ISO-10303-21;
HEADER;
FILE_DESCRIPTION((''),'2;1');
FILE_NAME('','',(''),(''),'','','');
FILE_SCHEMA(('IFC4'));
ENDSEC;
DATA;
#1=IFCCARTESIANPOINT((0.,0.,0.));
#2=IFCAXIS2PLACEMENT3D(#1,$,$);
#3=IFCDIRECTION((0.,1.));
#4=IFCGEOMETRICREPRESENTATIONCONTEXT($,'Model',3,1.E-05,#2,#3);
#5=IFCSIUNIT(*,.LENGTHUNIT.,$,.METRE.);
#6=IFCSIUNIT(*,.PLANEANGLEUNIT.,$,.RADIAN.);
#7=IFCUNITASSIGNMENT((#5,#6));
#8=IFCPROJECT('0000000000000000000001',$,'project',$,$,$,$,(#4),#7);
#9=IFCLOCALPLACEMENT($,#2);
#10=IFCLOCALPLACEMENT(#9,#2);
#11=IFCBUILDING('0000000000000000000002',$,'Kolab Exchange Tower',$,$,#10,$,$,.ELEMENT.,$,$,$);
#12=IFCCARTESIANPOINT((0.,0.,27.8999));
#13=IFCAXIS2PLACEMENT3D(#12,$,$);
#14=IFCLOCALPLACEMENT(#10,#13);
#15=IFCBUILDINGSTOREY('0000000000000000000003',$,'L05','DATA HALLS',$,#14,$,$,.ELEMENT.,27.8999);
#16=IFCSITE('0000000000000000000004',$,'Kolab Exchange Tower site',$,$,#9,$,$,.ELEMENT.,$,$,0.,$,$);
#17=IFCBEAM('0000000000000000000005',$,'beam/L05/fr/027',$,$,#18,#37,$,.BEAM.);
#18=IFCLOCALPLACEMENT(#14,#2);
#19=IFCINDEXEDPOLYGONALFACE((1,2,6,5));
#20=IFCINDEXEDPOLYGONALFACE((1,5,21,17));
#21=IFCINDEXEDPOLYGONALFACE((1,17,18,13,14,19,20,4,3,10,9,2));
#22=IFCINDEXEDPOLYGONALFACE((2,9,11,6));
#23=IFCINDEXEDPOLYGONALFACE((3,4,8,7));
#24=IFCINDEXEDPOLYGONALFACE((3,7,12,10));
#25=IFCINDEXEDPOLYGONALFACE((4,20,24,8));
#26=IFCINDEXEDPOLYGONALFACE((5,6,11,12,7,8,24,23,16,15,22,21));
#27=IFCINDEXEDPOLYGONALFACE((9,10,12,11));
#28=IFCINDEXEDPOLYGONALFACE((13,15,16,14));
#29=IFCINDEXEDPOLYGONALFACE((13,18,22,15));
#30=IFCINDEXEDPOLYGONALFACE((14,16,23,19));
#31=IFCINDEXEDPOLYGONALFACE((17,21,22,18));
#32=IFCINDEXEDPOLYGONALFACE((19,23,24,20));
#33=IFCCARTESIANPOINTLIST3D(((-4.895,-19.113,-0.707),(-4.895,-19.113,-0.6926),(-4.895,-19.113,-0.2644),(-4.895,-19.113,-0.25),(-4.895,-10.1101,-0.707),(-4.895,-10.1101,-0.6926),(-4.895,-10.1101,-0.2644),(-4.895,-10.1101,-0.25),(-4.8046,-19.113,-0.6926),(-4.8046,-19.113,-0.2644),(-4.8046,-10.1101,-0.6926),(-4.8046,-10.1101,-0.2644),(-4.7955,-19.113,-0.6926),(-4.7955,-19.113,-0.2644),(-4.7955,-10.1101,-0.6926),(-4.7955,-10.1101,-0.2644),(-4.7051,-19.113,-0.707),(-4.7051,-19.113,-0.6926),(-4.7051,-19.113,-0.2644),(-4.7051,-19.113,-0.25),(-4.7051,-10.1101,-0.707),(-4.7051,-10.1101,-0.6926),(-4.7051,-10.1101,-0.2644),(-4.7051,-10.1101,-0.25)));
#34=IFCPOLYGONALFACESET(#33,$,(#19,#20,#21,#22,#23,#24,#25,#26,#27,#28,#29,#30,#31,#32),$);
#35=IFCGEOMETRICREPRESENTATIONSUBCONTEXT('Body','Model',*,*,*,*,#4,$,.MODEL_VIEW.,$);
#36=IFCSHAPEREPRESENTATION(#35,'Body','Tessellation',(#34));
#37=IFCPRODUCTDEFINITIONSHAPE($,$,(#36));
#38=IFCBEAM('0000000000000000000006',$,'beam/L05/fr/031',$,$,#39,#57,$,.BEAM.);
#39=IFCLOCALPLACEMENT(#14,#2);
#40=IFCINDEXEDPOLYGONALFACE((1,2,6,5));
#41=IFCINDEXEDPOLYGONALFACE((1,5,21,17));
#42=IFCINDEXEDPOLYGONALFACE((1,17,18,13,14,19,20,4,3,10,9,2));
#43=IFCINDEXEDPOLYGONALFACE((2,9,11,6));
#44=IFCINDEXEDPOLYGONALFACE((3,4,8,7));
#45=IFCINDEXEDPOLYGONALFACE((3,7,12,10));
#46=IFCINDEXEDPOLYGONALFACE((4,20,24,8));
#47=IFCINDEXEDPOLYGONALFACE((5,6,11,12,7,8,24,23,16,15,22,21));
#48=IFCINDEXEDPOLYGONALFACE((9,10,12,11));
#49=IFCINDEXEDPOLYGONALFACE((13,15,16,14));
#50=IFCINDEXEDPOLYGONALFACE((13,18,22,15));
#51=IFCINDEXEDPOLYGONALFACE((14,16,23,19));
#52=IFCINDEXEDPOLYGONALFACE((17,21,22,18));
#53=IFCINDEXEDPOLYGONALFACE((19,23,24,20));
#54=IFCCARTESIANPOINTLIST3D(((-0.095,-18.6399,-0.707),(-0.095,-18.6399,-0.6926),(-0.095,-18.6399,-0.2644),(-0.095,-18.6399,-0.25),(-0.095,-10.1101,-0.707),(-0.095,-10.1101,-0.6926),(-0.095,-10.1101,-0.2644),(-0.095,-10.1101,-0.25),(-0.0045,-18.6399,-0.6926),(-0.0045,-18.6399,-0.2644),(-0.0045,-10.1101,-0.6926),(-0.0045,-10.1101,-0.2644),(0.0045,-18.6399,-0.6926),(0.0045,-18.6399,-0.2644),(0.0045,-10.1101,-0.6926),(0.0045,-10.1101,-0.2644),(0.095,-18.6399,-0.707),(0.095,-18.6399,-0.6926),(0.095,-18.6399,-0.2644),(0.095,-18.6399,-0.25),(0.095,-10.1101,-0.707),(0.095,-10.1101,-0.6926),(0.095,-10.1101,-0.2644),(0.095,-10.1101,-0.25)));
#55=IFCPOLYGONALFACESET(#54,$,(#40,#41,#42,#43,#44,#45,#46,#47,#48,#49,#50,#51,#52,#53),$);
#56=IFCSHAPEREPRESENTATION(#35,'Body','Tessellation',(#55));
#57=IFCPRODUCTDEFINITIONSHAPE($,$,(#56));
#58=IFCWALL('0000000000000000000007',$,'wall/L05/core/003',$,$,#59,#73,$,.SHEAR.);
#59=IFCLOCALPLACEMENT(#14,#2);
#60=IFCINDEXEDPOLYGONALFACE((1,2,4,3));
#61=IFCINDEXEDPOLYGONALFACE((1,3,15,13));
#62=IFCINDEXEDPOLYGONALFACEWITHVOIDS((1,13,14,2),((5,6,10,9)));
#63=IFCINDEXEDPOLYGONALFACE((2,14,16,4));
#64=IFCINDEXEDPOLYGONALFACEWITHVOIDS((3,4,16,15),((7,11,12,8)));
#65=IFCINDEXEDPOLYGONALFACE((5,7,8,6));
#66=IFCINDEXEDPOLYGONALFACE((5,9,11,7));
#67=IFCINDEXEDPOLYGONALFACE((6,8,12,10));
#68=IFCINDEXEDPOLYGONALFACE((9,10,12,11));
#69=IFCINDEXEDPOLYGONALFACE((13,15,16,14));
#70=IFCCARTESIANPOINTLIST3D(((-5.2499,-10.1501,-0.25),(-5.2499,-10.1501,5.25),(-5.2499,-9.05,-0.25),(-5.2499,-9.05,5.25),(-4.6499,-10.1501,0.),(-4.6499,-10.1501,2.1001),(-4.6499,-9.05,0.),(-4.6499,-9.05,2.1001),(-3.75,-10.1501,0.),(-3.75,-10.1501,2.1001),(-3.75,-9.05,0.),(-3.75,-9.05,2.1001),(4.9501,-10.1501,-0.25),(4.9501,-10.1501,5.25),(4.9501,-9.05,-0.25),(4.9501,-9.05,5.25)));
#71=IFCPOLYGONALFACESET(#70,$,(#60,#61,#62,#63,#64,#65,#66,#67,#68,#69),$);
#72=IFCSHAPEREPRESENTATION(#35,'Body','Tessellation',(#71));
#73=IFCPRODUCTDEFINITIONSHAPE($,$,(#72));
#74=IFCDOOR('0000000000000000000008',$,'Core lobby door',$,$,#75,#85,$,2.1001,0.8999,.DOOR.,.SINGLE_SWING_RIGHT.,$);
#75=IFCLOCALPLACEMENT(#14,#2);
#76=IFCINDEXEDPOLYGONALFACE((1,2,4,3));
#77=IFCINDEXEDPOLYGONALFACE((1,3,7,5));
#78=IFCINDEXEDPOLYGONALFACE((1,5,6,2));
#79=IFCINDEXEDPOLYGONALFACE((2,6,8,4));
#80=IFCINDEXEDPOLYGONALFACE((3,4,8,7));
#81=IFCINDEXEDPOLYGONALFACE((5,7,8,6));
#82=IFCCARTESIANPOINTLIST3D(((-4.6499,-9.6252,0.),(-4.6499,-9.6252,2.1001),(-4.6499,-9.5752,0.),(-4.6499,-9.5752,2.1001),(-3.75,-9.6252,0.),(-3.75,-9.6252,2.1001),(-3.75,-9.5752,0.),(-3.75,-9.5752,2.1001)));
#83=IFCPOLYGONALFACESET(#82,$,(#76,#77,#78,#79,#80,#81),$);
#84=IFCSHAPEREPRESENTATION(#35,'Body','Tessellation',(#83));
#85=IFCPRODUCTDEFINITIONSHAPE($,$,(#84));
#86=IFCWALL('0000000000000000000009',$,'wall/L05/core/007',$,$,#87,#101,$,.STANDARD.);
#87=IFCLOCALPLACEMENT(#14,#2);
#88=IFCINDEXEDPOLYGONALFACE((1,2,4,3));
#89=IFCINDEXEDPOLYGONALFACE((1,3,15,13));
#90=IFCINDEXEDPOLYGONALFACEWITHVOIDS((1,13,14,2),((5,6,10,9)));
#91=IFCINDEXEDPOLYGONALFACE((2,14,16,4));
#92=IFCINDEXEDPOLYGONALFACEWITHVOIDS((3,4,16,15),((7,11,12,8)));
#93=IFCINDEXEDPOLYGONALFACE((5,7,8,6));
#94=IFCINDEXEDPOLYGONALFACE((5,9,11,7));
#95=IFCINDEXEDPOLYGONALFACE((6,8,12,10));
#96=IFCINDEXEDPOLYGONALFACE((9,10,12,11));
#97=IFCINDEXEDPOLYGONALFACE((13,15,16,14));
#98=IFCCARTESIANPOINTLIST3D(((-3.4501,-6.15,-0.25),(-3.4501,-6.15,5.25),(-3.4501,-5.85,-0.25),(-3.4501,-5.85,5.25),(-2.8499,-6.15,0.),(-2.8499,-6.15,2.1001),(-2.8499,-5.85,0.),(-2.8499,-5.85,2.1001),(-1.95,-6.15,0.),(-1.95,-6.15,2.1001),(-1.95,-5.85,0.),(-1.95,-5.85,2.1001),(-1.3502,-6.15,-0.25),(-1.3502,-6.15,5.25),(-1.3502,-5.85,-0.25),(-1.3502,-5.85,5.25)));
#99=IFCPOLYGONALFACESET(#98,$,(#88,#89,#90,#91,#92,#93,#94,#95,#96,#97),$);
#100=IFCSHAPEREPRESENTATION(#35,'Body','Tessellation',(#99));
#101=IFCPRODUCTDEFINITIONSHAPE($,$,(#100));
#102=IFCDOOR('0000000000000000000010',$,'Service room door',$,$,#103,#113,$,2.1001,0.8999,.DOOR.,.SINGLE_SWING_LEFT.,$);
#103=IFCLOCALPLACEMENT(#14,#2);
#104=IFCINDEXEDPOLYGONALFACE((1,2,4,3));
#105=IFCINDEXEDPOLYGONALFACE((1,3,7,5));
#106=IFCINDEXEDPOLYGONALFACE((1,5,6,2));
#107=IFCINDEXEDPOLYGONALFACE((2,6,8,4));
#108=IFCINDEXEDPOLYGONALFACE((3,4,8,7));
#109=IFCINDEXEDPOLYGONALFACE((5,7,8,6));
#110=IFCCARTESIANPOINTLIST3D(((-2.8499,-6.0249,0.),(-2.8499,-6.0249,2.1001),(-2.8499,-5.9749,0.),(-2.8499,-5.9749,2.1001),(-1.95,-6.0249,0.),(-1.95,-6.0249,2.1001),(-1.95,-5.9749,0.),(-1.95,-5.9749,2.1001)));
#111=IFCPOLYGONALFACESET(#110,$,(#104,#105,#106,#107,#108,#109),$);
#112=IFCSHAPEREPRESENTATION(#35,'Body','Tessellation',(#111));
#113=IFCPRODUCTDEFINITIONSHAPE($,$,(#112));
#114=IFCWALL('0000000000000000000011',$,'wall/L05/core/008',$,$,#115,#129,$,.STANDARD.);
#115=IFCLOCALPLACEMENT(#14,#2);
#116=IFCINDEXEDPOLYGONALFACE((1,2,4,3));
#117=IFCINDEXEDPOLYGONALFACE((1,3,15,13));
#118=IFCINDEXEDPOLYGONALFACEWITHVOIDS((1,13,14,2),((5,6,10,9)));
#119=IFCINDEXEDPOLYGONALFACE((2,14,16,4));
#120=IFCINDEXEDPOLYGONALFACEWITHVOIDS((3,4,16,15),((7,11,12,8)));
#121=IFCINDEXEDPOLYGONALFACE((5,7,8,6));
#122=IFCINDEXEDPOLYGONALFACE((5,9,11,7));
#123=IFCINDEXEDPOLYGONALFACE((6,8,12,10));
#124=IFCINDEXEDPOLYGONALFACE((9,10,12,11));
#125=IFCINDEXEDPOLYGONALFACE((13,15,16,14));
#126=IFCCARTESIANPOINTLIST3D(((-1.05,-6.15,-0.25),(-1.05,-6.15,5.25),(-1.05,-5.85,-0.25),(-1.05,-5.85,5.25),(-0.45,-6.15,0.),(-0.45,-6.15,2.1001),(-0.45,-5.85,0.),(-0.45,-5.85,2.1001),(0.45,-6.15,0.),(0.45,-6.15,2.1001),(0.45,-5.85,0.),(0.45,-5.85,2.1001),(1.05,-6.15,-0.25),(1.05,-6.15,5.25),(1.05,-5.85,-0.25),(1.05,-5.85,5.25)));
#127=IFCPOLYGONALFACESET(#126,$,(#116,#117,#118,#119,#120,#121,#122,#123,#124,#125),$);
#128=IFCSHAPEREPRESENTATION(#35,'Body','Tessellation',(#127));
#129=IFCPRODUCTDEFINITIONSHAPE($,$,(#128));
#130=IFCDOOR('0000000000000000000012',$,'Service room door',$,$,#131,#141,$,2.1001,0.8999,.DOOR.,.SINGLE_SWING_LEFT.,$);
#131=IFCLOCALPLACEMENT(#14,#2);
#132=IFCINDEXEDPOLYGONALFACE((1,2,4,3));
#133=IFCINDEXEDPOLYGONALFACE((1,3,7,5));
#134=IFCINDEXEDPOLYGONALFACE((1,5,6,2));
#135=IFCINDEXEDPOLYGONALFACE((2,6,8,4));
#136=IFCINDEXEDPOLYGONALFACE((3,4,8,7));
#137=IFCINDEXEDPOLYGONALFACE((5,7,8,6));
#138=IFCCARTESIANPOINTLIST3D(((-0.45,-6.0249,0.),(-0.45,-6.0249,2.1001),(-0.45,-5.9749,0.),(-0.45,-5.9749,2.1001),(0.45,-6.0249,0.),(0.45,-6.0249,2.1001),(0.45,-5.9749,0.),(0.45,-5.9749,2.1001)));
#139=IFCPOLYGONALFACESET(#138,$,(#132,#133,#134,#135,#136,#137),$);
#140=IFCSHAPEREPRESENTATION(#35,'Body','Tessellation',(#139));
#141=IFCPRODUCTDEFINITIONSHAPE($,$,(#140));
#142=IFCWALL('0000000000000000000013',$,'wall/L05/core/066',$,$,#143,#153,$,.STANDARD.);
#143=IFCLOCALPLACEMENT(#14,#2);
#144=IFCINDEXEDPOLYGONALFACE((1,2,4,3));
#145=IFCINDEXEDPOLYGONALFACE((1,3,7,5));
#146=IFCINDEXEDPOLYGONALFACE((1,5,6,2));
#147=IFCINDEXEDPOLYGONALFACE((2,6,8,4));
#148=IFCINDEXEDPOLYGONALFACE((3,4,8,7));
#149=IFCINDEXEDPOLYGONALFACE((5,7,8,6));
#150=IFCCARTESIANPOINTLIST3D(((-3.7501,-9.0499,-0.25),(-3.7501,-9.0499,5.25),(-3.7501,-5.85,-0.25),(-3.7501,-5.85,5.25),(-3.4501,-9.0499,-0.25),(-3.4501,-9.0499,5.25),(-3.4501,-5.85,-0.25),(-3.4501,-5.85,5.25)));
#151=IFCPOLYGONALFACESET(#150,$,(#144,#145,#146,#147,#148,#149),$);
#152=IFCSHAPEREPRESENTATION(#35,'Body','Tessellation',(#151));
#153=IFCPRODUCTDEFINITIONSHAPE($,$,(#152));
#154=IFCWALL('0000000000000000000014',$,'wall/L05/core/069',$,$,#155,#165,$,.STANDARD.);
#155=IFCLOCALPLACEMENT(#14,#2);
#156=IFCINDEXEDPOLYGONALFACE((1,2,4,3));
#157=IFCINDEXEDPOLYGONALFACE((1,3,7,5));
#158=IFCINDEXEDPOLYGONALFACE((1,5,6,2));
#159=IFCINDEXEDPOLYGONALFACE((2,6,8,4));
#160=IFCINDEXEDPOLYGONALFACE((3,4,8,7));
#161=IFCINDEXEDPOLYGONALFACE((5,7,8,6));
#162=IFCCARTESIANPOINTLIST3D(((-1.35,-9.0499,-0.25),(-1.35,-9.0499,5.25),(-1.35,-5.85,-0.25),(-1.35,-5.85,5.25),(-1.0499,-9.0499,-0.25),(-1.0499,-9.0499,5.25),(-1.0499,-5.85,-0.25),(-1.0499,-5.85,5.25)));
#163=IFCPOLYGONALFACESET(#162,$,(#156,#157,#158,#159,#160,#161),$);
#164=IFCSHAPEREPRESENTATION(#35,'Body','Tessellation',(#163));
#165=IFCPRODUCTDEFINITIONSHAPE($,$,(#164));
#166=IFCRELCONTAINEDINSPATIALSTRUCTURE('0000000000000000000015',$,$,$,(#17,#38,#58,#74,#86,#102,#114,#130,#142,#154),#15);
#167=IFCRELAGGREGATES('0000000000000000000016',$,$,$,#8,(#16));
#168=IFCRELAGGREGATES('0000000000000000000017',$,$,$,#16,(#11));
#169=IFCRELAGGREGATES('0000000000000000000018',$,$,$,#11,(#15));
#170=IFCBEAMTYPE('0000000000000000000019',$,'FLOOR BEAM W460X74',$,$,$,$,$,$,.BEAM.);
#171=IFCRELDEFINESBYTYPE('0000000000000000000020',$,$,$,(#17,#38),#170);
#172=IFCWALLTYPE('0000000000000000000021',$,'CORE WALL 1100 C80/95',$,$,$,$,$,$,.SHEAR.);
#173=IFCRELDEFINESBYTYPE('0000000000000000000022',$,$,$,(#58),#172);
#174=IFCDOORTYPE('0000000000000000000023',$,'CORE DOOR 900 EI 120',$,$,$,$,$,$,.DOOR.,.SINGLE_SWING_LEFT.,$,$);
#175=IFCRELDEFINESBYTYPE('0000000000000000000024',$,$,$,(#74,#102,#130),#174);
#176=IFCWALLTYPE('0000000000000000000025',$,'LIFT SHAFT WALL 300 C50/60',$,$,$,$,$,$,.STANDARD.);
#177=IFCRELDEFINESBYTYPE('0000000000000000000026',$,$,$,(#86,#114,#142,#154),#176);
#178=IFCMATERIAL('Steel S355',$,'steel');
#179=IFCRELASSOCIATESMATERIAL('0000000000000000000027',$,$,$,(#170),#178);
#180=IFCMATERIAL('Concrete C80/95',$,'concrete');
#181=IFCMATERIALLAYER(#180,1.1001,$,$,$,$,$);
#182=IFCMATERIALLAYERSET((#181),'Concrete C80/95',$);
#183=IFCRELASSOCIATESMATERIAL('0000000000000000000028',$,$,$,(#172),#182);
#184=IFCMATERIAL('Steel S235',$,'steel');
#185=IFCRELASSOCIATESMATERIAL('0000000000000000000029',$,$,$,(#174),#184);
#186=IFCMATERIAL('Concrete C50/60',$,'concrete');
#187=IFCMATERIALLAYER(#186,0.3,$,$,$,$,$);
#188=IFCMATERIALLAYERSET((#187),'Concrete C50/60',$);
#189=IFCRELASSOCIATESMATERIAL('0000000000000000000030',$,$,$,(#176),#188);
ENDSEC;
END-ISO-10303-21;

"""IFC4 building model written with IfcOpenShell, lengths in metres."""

from ifc_helpers import new_model, si_unit, direction, frame, frame_2d, origin, origin_2d, place, context, subcontext, project, spatial, rectangle, i_section, extrude, material, layer, layer_set, material_profile, profile_set, type_object, element, fill, save


model = new_model("IFC4")

# Units and contexts
model_context = context("Model", 3, precision=1e-05, world=origin(), true_north=direction((0.0, 1.0)))
body_context = subcontext(model_context, "Body", "Model", "MODEL_VIEW")
ifc_project = project(units=[si_unit("LENGTHUNIT", "METRE"), si_unit("PLANEANGLEUNIT", "RADIAN")], contexts=[model_context])

# Site, building, storey
site_placement = place(None, origin())
site = spatial("IfcSite", under=ifc_project, at=site_placement, Name="Kolab Exchange Tower site", CompositionType="ELEMENT", RefElevation=0.0)
building_placement = place(site_placement, origin())
building = spatial("IfcBuilding", under=site, at=building_placement, Name="Kolab Exchange Tower", CompositionType="ELEMENT")
storey_placement = place(building_placement, frame((0.0, 0.0, 27.8999)))
storey = spatial("IfcBuildingStorey", under=building, at=storey_placement, Name="L05", Description="DATA HALLS", CompositionType="ELEMENT", Elevation=27.8999)

# Beams
ifc_material_1 = material(Name="Steel S355", Category="steel")
ifc_material_profile = material_profile(ifc_material_1, i_section(OverallWidth=0.1899, OverallDepth=0.457, WebThickness=0.009, FlangeThickness=0.0144, at=origin_2d()), Name="W460X74")
ifc_profile_set = profile_set([ifc_material_profile], Name="Steel S355")
beam_type = type_object("IfcBeamType", Name="FLOOR BEAM W460X74", PredefinedType="BEAM", material=ifc_profile_set)
beam_1_placement = place(storey_placement, frame((-4.8, -19.113, -0.4785), z_axis=(0.0, 1.0, 0.0), x_axis=(-1.0, 0.0, 0.0)))
element("IfcBeam", 1, at=beam_1_placement, inside=storey, type_object=beam_type, Name="beam/L05/fr/027", PredefinedType="BEAM", context=body_context, shape_type="SweptSolid", body=[
    extrude(i_section(OverallWidth=0.1899, OverallDepth=0.457, WebThickness=0.009, FlangeThickness=0.0144, at=origin_2d()), origin(), (0.0, 0.0, 1.0), 9.0029),
])
beam_2_placement = place(storey_placement, frame((0.0, -18.6399, -0.4785), z_axis=(0.0, 1.0, 0.0), x_axis=(-1.0, 0.0, 0.0)))
element("IfcBeam", 2, at=beam_2_placement, inside=storey, type_object=beam_type, Name="beam/L05/fr/031", PredefinedType="BEAM", context=body_context, shape_type="SweptSolid", body=[
    extrude(i_section(OverallWidth=0.1899, OverallDepth=0.457, WebThickness=0.009, FlangeThickness=0.0144, at=origin_2d()), origin(), (0.0, 0.0, 1.0), 8.5298),
])

# Walls, openings, doors
ifc_material_2 = material(Name="Concrete C80/95", Category="concrete")
ifc_layer_1 = layer(ifc_material_2, 1.1001)
ifc_layer_set_1 = layer_set([ifc_layer_1], Name="Concrete C80/95")
wall_type_1 = type_object("IfcWallType", Name="CORE WALL 1100 C80/95", PredefinedType="SHEAR", material=ifc_layer_set_1)
wall_1_placement = place(storey_placement, frame((-5.25, -9.6001, -0.25), z_axis=(0.0, 0.0, 1.0), x_axis=(1.0, 0.0, 0.0)))
wall_1 = element("IfcWall", 3, at=wall_1_placement, inside=storey, type_object=wall_type_1, Name="wall/L05/core/003", PredefinedType="SHEAR", context=body_context, shape_type="SweptSolid", body=[
    extrude(rectangle(XDim=10.2, YDim=1.1001, at=frame_2d((5.1001, 0.0))), origin(), (0.0, 0.0, 1.0), 5.5),
])
opening_1_placement = place(wall_1_placement, frame((0.6001, 0.0, 0.25)))
opening_1 = element("IfcOpeningElement", 4, at=opening_1_placement, cuts=wall_1, PredefinedType="OPENING", context=body_context, shape_type="SweptSolid", body=[
    extrude(rectangle(XDim=0.8999, YDim=2.1001, at=frame_2d((0.45, 1.05))), frame((0.0, 0.5601, 0.0), z_axis=(0.0, -1.0, 0.0), x_axis=(1.0, 0.0, 0.0)), (0.0, 0.0, 1.0), 1.1201),
])
ifc_material_3 = material(Name="Steel S235", Category="steel")
door_type_1 = type_object("IfcDoorType", Name="CORE DOOR 900 EI 120", OperationType="SINGLE_SWING_LEFT", PredefinedType="DOOR", material=ifc_material_3)
door_1_placement = place(opening_1_placement, origin())
door_1 = element("IfcDoor", 5, at=door_1_placement, inside=storey, type_object=door_type_1, Name="Core lobby door", OperationType="SINGLE_SWING_RIGHT", OverallHeight=2.1001, OverallWidth=0.8999, PredefinedType="DOOR", context=body_context, shape_type="SweptSolid", body=[
    extrude(rectangle(XDim=0.8999, YDim=2.1001, at=frame_2d((0.45, 1.05))), frame((0.0, 0.0249, 0.0), z_axis=(0.0, -1.0, 0.0), x_axis=(1.0, 0.0, 0.0)), (0.0, 0.0, 1.0), 0.05),
])
fill(opening_1, door_1)
ifc_material_4 = material(Name="Concrete C50/60", Category="concrete")
ifc_layer_2 = layer(ifc_material_4, 0.3)
ifc_layer_set_2 = layer_set([ifc_layer_2], Name="Concrete C50/60")
wall_type_2 = type_object("IfcWallType", Name="LIFT SHAFT WALL 300 C50/60", PredefinedType="STANDARD", material=ifc_layer_set_2)
wall_2_placement = place(storey_placement, frame((-3.45, -6.0, -0.25), z_axis=(0.0, 0.0, 1.0), x_axis=(1.0, 0.0, 0.0)))
wall_2 = element("IfcWall", 6, at=wall_2_placement, inside=storey, type_object=wall_type_2, Name="wall/L05/core/007", PredefinedType="STANDARD", context=body_context, shape_type="SweptSolid", body=[
    extrude(rectangle(XDim=2.0999, YDim=0.3, at=frame_2d((1.0498, 0.0))), origin(), (0.0, 0.0, 1.0), 5.5),
])
opening_2_placement = place(wall_2_placement, frame((0.6001, 0.0, 0.25)))
opening_2 = element("IfcOpeningElement", 7, at=opening_2_placement, cuts=wall_2, PredefinedType="OPENING", context=body_context, shape_type="SweptSolid", body=[
    extrude(rectangle(XDim=0.8999, YDim=2.1001, at=frame_2d((0.45, 1.05))), frame((0.0, 0.1602, 0.0), z_axis=(0.0, -1.0, 0.0), x_axis=(1.0, 0.0, 0.0)), (0.0, 0.0, 1.0), 0.3201),
])
door_2_placement = place(opening_2_placement, frame((0.8999, 0.0, 0.0), z_axis=(0.0, 0.0, 1.0), x_axis=(-1.0, 0.0, 0.0)))
door_2 = element("IfcDoor", 8, at=door_2_placement, inside=storey, type_object=door_type_1, Name="Service room door", OperationType="SINGLE_SWING_LEFT", OverallHeight=2.1001, OverallWidth=0.8999, PredefinedType="DOOR", context=body_context, shape_type="SweptSolid", body=[
    extrude(rectangle(XDim=0.8999, YDim=2.1001, at=frame_2d((0.45, 1.05))), frame((0.0, 0.0249, 0.0), z_axis=(0.0, -1.0, 0.0), x_axis=(1.0, 0.0, 0.0)), (0.0, 0.0, 1.0), 0.05),
])
fill(opening_2, door_2)
wall_3_placement = place(storey_placement, frame((-1.05, -6.0, -0.25), z_axis=(0.0, 0.0, 1.0), x_axis=(1.0, 0.0, 0.0)))
wall_3 = element("IfcWall", 9, at=wall_3_placement, inside=storey, type_object=wall_type_2, Name="wall/L05/core/008", PredefinedType="STANDARD", context=body_context, shape_type="SweptSolid", body=[
    extrude(rectangle(XDim=2.1001, YDim=0.3, at=frame_2d((1.05, 0.0))), origin(), (0.0, 0.0, 1.0), 5.5),
])
opening_3_placement = place(wall_3_placement, frame((0.6001, 0.0, 0.25)))
opening_3 = element("IfcOpeningElement", 10, at=opening_3_placement, cuts=wall_3, PredefinedType="OPENING", context=body_context, shape_type="SweptSolid", body=[
    extrude(rectangle(XDim=0.8999, YDim=2.1001, at=frame_2d((0.45, 1.05))), frame((0.0, 0.1602, 0.0), z_axis=(0.0, -1.0, 0.0), x_axis=(1.0, 0.0, 0.0)), (0.0, 0.0, 1.0), 0.3201),
])
door_3_placement = place(opening_3_placement, frame((0.8999, 0.0, 0.0), z_axis=(0.0, 0.0, 1.0), x_axis=(-1.0, 0.0, 0.0)))
door_3 = element("IfcDoor", 11, at=door_3_placement, inside=storey, type_object=door_type_1, Name="Service room door", OperationType="SINGLE_SWING_LEFT", OverallHeight=2.1001, OverallWidth=0.8999, PredefinedType="DOOR", context=body_context, shape_type="SweptSolid", body=[
    extrude(rectangle(XDim=0.8999, YDim=2.1001, at=frame_2d((0.45, 1.05))), frame((0.0, 0.0249, 0.0), z_axis=(0.0, -1.0, 0.0), x_axis=(1.0, 0.0, 0.0)), (0.0, 0.0, 1.0), 0.05),
])
fill(opening_3, door_3)

# Walls
for number, where, z_axis, x_axis, name in (
    (12, (-3.6001, -9.05, -0.25), (0.0, 0.0, 1.0), (0.0, 1.0, 0.0), "wall/L05/core/066"),
    (13, (-1.2, -9.05, -0.25), (0.0, 0.0, 1.0), (0.0, 1.0, 0.0), "wall/L05/core/069"),
):
    element("IfcWall", number, at=place(storey_placement, frame(where, z_axis=z_axis, x_axis=x_axis)), inside=storey, type_object=wall_type_2, Name=name, PredefinedType="STANDARD", context=body_context, shape_type="SweptSolid", body=[
        extrude(rectangle(XDim=3.2, YDim=0.3, at=frame_2d((1.6001, 0.0))), origin(), (0.0, 0.0, 1.0), 5.5),
    ])

save(model, "model.ifc")
